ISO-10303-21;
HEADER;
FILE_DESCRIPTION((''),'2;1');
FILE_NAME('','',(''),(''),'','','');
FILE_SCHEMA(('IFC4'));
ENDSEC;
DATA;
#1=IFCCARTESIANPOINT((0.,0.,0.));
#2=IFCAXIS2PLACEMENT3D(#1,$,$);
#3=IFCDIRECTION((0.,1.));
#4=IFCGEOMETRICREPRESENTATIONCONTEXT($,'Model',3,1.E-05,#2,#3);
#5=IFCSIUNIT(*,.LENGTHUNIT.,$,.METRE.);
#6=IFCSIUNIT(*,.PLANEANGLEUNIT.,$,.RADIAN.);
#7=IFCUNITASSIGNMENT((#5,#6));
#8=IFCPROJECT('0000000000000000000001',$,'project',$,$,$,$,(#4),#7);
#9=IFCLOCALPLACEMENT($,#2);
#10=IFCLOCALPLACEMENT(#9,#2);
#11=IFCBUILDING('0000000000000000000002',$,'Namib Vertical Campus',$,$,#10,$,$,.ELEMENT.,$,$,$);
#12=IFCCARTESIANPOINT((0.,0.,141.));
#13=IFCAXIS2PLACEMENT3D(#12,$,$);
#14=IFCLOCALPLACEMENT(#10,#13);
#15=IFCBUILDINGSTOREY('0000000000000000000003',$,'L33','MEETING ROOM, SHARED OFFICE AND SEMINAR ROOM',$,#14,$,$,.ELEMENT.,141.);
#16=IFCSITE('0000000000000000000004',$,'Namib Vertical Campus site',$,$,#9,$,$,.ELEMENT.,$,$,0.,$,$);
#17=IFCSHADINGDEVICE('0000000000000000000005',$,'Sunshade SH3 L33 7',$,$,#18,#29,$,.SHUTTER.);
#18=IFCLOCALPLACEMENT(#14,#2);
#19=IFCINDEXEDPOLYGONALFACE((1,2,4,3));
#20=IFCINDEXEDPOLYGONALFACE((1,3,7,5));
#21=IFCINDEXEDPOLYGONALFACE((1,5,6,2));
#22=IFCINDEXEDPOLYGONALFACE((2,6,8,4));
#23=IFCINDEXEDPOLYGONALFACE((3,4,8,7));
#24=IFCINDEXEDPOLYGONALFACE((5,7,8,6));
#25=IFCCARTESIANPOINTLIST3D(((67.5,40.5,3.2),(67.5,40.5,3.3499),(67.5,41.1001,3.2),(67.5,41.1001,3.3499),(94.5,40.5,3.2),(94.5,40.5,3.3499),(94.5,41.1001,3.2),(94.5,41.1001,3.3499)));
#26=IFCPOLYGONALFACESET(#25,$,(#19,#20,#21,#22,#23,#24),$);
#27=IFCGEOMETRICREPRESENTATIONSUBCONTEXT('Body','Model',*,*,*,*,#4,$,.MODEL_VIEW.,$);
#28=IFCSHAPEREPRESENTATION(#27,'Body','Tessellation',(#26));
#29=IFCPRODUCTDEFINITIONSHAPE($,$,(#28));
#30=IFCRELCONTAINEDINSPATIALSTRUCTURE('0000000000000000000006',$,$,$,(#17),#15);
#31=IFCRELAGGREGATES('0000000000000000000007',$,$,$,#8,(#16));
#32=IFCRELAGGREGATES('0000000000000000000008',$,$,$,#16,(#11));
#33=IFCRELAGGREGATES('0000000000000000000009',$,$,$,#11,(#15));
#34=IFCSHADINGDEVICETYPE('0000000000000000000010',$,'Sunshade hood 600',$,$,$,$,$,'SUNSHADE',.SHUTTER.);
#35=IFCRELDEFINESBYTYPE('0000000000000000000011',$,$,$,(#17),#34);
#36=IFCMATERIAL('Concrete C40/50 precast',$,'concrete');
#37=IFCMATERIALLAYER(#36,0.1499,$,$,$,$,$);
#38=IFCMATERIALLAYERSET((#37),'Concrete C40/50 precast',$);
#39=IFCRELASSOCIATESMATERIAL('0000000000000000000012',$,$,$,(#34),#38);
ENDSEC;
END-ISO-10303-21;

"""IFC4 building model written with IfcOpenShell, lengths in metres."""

from ifc_helpers import new_model, si_unit, direction, frame, origin, origin_2d, place, context, subcontext, project, spatial, rectangle, extrude, material, layer, layer_set, type_object, element, save


model = new_model("IFC4")

# Units and contexts
model_context = context("Model", 3, precision=1e-05, world=origin(), true_north=direction((0.0, 1.0)))
body_context = subcontext(model_context, "Body", "Model", "MODEL_VIEW")
ifc_project = project(units=[si_unit("LENGTHUNIT", "METRE"), si_unit("PLANEANGLEUNIT", "RADIAN")], contexts=[model_context])

# Site, building, storey
site_placement = place(None, origin())
site = spatial("IfcSite", under=ifc_project, at=site_placement, Name="Namib Vertical Campus site", CompositionType="ELEMENT", RefElevation=0.0)
building_placement = place(site_placement, origin())
building = spatial("IfcBuilding", under=site, at=building_placement, Name="Namib Vertical Campus", CompositionType="ELEMENT")
storey_placement = place(building_placement, frame((0.0, 0.0, 141.0)))
storey = spatial("IfcBuildingStorey", under=building, at=storey_placement, Name="L33", Description="MEETING ROOM, SHARED OFFICE AND SEMINAR ROOM", CompositionType="ELEMENT", Elevation=141.0)

# Shading device
ifc_material_1 = material(Name="Concrete C40/50 precast", Category="concrete")
ifc_layer_1 = layer(ifc_material_1, 0.1499)
ifc_layer_set_1 = layer_set([ifc_layer_1], Name="Concrete C40/50 precast")
shading_device_type = type_object("IfcShadingDeviceType", Name="Sunshade hood 600", ElementType="SUNSHADE", PredefinedType="SHUTTER", material=ifc_layer_set_1)
shading_device_placement = place(storey_placement, frame((81.0, 40.8, 3.2), z_axis=(0.0, 0.0, 1.0), x_axis=(-1.0, 0.0, 0.0)))
element("IfcShadingDevice", 1, at=shading_device_placement, inside=storey, type_object=shading_device_type, Name="Sunshade SH3 L33 7", PredefinedType="SHUTTER", context=body_context, shape_type="SweptSolid", body=[
    extrude(rectangle(XDim=27.0, YDim=0.6001, at=origin_2d()), origin(), (0.0, 0.0, 1.0), 0.1499),
])

save(model, "model.ifc")
